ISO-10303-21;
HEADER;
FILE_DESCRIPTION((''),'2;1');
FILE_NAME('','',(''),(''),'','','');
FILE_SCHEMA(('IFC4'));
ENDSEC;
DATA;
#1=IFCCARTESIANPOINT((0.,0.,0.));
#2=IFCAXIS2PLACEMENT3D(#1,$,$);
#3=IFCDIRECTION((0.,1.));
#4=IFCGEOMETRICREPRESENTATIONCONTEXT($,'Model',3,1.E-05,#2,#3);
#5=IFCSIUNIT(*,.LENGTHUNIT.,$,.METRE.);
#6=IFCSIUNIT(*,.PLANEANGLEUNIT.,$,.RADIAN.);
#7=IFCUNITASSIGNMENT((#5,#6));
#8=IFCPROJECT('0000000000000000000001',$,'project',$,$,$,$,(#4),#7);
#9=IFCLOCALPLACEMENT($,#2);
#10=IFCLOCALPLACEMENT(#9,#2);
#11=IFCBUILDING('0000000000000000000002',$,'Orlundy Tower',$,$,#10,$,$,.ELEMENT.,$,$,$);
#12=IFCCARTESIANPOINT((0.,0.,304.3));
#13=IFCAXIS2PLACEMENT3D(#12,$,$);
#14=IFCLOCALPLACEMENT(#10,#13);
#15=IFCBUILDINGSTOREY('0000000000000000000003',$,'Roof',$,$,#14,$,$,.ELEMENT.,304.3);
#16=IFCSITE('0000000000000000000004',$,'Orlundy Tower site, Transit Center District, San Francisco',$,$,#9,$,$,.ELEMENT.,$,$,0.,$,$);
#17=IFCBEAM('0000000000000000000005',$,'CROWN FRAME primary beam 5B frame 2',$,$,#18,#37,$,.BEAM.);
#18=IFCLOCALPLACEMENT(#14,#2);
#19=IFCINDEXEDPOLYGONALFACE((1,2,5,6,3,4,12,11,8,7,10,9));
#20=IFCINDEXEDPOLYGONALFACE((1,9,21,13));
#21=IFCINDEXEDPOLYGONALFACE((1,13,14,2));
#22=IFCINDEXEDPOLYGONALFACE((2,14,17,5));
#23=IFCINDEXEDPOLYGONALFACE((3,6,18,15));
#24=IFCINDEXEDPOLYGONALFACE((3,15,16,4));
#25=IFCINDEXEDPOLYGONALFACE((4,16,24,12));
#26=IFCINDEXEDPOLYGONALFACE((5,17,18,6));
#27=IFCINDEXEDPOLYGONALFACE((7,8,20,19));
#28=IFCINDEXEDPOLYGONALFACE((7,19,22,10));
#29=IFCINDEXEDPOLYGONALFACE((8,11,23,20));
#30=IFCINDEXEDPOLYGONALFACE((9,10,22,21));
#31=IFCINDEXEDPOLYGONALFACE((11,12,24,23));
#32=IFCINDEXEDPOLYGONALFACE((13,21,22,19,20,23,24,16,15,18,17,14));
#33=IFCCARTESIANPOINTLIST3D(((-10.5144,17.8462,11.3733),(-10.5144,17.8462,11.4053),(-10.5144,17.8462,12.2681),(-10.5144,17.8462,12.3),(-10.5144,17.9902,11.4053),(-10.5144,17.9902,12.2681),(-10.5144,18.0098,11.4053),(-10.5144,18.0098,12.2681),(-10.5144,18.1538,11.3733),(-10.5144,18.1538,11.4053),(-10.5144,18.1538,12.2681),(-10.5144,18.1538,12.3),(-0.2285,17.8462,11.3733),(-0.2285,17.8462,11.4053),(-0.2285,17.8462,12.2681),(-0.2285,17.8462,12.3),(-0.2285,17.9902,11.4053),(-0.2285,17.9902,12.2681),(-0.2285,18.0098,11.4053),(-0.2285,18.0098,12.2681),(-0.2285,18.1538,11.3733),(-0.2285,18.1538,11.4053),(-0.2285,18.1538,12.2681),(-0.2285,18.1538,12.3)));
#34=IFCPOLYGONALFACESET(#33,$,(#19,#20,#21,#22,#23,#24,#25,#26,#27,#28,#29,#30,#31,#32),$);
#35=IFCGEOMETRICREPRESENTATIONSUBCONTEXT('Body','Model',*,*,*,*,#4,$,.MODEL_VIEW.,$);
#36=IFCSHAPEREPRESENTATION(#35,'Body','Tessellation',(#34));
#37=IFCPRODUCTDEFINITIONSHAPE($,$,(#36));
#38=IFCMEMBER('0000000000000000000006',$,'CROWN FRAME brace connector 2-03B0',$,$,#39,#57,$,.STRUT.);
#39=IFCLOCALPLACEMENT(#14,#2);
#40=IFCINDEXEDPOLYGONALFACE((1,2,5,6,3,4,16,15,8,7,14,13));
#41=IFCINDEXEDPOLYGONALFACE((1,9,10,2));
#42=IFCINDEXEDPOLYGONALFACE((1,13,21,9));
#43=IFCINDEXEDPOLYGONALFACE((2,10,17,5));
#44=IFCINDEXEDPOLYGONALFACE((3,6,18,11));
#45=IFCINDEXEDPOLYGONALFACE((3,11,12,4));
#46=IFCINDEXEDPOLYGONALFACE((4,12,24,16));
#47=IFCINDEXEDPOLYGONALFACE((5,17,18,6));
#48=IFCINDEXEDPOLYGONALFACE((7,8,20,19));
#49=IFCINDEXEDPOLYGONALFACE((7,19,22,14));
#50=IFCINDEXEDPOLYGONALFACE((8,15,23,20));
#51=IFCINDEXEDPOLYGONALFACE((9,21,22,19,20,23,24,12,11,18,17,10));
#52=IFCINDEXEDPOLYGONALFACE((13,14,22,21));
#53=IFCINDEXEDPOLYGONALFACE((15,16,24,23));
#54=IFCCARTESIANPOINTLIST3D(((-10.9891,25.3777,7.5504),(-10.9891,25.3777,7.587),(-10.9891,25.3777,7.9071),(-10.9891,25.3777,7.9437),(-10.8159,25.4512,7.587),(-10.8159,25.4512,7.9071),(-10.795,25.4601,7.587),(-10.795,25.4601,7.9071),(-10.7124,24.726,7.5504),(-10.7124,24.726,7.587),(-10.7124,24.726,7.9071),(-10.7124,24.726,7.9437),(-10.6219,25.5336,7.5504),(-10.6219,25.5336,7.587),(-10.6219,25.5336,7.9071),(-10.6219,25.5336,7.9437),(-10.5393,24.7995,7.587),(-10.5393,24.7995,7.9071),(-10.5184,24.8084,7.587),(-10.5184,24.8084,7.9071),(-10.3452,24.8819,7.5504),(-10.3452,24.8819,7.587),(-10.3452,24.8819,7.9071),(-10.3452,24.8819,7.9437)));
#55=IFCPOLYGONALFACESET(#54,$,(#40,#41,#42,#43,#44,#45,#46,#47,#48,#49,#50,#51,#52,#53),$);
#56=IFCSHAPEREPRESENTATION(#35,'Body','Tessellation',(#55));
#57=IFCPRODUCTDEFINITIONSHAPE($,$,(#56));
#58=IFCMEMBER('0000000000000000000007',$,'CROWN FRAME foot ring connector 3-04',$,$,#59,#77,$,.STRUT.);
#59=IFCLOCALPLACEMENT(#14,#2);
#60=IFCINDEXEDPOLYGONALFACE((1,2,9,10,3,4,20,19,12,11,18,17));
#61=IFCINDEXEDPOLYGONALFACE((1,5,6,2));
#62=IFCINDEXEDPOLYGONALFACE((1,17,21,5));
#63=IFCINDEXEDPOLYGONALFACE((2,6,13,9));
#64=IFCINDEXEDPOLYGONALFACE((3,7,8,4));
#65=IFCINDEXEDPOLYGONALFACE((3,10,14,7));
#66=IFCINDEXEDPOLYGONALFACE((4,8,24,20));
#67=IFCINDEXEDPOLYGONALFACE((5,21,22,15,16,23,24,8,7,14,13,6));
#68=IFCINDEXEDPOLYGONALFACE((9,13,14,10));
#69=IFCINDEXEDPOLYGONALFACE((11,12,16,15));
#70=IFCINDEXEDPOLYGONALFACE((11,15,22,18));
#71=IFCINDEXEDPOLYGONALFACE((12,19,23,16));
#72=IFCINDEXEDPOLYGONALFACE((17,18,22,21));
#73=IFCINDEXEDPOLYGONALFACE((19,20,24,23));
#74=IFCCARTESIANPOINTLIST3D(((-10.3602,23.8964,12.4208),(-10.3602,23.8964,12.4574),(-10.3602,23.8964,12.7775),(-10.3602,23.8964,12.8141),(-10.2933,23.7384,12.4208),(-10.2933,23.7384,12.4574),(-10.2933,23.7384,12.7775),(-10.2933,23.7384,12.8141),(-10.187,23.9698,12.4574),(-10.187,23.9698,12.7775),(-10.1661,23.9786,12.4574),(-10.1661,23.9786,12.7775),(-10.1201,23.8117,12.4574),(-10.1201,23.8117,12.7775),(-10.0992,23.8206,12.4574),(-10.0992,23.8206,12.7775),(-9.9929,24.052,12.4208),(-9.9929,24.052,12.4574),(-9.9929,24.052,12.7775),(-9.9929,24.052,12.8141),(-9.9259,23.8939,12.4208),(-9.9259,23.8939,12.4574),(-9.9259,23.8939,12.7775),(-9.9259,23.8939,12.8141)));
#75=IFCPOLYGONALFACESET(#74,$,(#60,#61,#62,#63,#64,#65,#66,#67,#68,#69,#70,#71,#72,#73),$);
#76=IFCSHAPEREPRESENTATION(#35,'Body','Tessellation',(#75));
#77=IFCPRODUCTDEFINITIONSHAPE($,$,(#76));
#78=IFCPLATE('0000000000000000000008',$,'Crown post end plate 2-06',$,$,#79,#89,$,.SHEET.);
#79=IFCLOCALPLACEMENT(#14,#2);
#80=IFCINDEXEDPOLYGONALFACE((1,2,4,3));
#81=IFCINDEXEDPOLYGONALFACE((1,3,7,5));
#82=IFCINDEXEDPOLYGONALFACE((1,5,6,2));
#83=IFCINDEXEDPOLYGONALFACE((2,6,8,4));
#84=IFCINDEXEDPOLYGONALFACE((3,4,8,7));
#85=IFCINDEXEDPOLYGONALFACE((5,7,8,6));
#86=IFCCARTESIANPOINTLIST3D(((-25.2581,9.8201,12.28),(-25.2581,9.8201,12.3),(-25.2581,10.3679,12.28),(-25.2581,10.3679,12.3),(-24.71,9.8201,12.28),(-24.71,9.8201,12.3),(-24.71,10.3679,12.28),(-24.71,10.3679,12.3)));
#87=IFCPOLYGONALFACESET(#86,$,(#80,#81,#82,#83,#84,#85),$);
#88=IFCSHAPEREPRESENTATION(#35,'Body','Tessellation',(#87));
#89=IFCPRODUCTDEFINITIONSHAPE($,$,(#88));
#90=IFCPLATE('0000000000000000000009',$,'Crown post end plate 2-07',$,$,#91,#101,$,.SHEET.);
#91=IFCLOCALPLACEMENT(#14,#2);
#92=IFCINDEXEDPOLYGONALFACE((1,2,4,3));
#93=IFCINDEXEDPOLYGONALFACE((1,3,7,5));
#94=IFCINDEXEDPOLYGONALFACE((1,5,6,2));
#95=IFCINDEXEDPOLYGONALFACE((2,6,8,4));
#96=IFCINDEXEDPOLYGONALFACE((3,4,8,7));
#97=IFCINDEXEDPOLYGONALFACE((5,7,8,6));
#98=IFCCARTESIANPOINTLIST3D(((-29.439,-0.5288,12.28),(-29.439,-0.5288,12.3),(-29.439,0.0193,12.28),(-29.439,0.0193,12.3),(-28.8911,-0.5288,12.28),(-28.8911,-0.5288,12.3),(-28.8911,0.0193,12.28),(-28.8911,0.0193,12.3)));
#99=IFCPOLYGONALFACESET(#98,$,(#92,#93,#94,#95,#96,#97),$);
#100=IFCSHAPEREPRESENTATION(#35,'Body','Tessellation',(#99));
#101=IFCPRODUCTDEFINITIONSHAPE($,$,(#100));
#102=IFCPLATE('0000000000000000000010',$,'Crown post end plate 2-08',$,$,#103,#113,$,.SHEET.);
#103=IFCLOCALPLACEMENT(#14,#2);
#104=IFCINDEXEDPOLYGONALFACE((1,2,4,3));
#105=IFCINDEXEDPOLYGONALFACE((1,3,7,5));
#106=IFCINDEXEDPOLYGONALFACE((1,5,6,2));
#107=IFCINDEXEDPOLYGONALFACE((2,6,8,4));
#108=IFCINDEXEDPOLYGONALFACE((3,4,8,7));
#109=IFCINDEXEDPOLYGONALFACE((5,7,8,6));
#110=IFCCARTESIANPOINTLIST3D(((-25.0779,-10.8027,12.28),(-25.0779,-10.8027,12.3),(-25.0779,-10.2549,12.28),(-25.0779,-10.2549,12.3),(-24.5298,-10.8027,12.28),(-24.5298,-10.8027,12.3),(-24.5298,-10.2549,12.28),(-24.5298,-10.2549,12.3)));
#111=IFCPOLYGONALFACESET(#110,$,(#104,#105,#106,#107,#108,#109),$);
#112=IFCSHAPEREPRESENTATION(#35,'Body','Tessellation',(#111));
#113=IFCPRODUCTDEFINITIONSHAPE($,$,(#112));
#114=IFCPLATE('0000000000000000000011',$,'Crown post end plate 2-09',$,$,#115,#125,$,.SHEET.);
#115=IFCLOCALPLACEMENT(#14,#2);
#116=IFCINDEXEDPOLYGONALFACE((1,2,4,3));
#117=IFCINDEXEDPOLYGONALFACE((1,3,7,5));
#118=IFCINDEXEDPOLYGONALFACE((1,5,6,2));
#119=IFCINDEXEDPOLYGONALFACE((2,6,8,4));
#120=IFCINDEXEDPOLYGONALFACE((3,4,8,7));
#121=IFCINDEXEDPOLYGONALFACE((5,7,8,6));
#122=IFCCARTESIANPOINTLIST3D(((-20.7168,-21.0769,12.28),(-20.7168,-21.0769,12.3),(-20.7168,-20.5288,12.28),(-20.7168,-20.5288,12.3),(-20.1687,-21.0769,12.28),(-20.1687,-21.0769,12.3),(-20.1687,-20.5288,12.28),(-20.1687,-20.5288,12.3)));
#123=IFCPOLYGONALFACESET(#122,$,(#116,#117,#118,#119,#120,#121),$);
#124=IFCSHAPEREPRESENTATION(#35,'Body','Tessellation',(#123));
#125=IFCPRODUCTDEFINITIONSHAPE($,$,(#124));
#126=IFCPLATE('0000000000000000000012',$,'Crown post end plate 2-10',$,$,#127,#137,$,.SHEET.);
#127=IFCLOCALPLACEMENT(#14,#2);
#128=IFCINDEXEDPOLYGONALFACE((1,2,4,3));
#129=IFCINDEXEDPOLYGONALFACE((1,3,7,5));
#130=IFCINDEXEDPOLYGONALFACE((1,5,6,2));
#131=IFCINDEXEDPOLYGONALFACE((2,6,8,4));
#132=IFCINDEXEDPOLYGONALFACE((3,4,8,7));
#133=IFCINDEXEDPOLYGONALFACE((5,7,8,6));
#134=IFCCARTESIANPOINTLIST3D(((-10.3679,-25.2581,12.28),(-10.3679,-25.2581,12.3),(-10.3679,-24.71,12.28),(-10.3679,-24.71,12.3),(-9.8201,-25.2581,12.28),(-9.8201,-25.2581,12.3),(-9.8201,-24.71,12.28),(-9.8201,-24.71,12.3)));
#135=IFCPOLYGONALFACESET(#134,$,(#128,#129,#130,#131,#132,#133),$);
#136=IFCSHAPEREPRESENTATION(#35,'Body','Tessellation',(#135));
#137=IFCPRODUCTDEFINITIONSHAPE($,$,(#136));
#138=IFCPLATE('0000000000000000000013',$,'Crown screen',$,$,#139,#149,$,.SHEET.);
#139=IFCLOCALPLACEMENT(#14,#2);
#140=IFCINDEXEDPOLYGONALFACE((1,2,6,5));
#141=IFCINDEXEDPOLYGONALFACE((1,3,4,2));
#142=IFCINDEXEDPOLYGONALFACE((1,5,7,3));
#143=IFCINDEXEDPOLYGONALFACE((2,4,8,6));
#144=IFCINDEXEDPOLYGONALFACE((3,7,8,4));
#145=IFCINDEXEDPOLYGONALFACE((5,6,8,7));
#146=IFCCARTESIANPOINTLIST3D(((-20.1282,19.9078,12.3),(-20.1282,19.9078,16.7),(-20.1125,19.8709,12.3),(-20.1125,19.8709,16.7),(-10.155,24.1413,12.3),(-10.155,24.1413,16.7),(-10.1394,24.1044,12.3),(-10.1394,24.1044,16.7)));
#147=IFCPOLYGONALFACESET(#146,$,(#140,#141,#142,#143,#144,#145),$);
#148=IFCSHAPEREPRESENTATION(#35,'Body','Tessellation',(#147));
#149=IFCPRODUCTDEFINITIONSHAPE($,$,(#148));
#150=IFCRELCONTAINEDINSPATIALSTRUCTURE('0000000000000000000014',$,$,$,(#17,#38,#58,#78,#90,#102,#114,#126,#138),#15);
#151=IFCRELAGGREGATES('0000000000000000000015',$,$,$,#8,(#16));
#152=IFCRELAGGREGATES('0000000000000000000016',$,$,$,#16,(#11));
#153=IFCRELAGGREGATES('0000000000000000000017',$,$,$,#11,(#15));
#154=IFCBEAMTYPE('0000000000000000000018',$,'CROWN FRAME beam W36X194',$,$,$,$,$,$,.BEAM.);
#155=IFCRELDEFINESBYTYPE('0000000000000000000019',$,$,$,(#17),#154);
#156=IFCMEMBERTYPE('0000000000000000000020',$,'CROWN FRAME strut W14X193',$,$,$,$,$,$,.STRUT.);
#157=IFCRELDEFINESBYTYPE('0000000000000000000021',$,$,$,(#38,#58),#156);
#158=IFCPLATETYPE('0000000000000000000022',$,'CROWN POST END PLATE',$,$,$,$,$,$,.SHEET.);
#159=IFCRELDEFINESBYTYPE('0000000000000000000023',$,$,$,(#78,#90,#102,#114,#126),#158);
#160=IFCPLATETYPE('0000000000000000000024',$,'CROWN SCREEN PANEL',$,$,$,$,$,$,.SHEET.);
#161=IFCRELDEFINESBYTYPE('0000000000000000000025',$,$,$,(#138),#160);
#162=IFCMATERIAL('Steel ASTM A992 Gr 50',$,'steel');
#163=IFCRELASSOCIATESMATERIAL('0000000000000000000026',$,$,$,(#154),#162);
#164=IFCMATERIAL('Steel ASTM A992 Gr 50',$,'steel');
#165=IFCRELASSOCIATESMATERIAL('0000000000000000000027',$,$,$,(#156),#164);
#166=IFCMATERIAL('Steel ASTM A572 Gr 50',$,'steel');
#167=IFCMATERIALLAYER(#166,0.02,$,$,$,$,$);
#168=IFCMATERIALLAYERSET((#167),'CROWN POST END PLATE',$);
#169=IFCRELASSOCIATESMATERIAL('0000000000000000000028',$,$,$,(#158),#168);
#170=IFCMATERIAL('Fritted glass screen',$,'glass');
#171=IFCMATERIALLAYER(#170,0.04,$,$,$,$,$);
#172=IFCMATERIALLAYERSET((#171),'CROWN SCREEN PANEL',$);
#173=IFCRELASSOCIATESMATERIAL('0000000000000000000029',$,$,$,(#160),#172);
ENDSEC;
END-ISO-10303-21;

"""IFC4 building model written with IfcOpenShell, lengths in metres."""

from ifc_helpers import new_model, si_unit, direction, frame, origin, origin_2d, place, context, subcontext, project, spatial, polyline, rectangle, i_section, outline, extrude, material, layer, layer_set, material_profile, profile_set, type_object, element, save


model = new_model("IFC4")

# Units and contexts
model_context = context("Model", 3, precision=1e-05, world=origin(), true_north=direction((0.0, 1.0)))
body_context = subcontext(model_context, "Body", "Model", "MODEL_VIEW")
ifc_project = project(units=[si_unit("LENGTHUNIT", "METRE"), si_unit("PLANEANGLEUNIT", "RADIAN")], contexts=[model_context])

# Site, building, storey
site_placement = place(None, origin())
site = spatial("IfcSite", under=ifc_project, at=site_placement, Name="Orlundy Tower site, Transit Center District, San Francisco", CompositionType="ELEMENT", RefElevation=0.0)
building_placement = place(site_placement, origin())
building = spatial("IfcBuilding", under=site, at=building_placement, Name="Orlundy Tower", CompositionType="ELEMENT")
storey_placement = place(building_placement, frame((0.0, 0.0, 304.3)))
storey = spatial("IfcBuildingStorey", under=building, at=storey_placement, Name="Roof", CompositionType="ELEMENT", Elevation=304.3)

# Beam
ifc_material_1 = material(Name="Steel ASTM A992 Gr 50", Category="steel")
ifc_material_profile_1 = material_profile(ifc_material_1, i_section(OverallWidth=0.3076, OverallDepth=0.9268, WebThickness=0.0195, FlangeThickness=0.032, at=origin_2d()), Name="W36X194")
ifc_profile_set_1 = profile_set([ifc_material_profile_1], Name="Steel ASTM A992 Gr 50")
beam_type = type_object("IfcBeamType", Name="CROWN FRAME beam W36X194", PredefinedType="BEAM", material=ifc_profile_set_1)
beam_1_placement = place(storey_placement, frame((-10.5144, 18.0, 11.8367), z_axis=(1.0, 0.0, 0.0), x_axis=(0.0, 1.0, 0.0)))
element("IfcBeam", 1, at=beam_1_placement, inside=storey, type_object=beam_type, Name="CROWN FRAME primary beam 5B frame 2", PredefinedType="BEAM", context=body_context, shape_type="SweptSolid", body=[
    extrude(i_section(OverallWidth=0.3076, OverallDepth=0.9268, WebThickness=0.0195, FlangeThickness=0.032, at=origin_2d()), origin(), (0.0, 0.0, 1.0), 10.2859),
])

# Members
ifc_material_2 = material(Name="Steel ASTM A992 Gr 50", Category="steel")
ifc_material_profile_2 = material_profile(ifc_material_2, i_section(OverallWidth=0.3989, OverallDepth=0.3933, WebThickness=0.0227, FlangeThickness=0.0366, at=origin_2d()), Name="W14X193")
ifc_profile_set_2 = profile_set([ifc_material_profile_2], Name="Steel ASTM A992 Gr 50")
member_type = type_object("IfcMemberType", Name="CROWN FRAME strut W14X193", PredefinedType="STRUT", material=ifc_profile_set_2)
member_1_placement = place(storey_placement, frame((-10.5288, 24.804, 7.7471), z_axis=(-0.390754, 0.920495, 0.0), x_axis=(-0.920495, -0.390754, 0.0)))
element("IfcMember", 2, at=member_1_placement, inside=storey, type_object=member_type, Name="CROWN FRAME brace connector 2-03B0", PredefinedType="STRUT", context=body_context, shape_type="SweptSolid", body=[
    extrude(i_section(OverallWidth=0.3989, OverallDepth=0.3933, WebThickness=0.0227, FlangeThickness=0.0366, at=origin_2d()), origin(), (0.0, 0.0, 1.0), 0.708),
])
member_2_placement = place(storey_placement, frame((-10.1096, 23.8162, 12.6174), z_axis=(-0.389965, 0.92083, 0.0), x_axis=(-0.92083, -0.389965, 0.0)))
element("IfcMember", 3, at=member_2_placement, inside=storey, type_object=member_type, Name="CROWN FRAME foot ring connector 3-04", PredefinedType="STRUT", context=body_context, shape_type="SweptSolid", body=[
    extrude(i_section(OverallWidth=0.3989, OverallDepth=0.3933, WebThickness=0.0227, FlangeThickness=0.0366, at=origin_2d()), origin(), (0.0, 0.0, 1.0), 0.1716),
])

# Plates
ifc_material_3 = material(Name="Steel ASTM A572 Gr 50", Category="steel")
ifc_layer_1 = layer(ifc_material_3, 0.02)
ifc_layer_set_1 = layer_set([ifc_layer_1], Name="CROWN POST END PLATE")
plate_type_1 = type_object("IfcPlateType", Name="CROWN POST END PLATE", PredefinedType="SHEET", material=ifc_layer_set_1)
plate_1_placement = place(storey_placement, frame((0.0, 0.0, 12.28)))
element("IfcPlate", 4, at=plate_1_placement, inside=storey, type_object=plate_type_1, Name="Crown post end plate 2-06", PredefinedType="SHEET", context=body_context, shape_type="SweptSolid", body=[
    extrude(outline(polyline([(-25.2581, 9.8201), (-24.71, 9.8201), (-24.71, 10.3679), (-25.2581, 10.3679), (-25.2581, 9.8201)])), origin(), (0.0, 0.0, 1.0), 0.02),
])
plate_2_placement = place(storey_placement, frame((0.0, 0.0, 12.28)))
element("IfcPlate", 5, at=plate_2_placement, inside=storey, type_object=plate_type_1, Name="Crown post end plate 2-07", PredefinedType="SHEET", context=body_context, shape_type="SweptSolid", body=[
    extrude(outline(polyline([(-29.439, -0.5288), (-28.8911, -0.5288), (-28.8911, 0.0193), (-29.439, 0.0193), (-29.439, -0.5288)])), origin(), (0.0, 0.0, 1.0), 0.02),
])
plate_3_placement = place(storey_placement, frame((0.0, 0.0, 12.28)))
element("IfcPlate", 6, at=plate_3_placement, inside=storey, type_object=plate_type_1, Name="Crown post end plate 2-08", PredefinedType="SHEET", context=body_context, shape_type="SweptSolid", body=[
    extrude(outline(polyline([(-25.0779, -10.8027), (-24.5298, -10.8027), (-24.5298, -10.2549), (-25.0779, -10.2549), (-25.0779, -10.8027)])), origin(), (0.0, 0.0, 1.0), 0.02),
])
plate_4_placement = place(storey_placement, frame((0.0, 0.0, 12.28)))
element("IfcPlate", 7, at=plate_4_placement, inside=storey, type_object=plate_type_1, Name="Crown post end plate 2-09", PredefinedType="SHEET", context=body_context, shape_type="SweptSolid", body=[
    extrude(outline(polyline([(-20.7168, -21.0769), (-20.1687, -21.0769), (-20.1687, -20.5288), (-20.7168, -20.5288), (-20.7168, -21.0769)])), origin(), (0.0, 0.0, 1.0), 0.02),
])
plate_5_placement = place(storey_placement, frame((0.0, 0.0, 12.28)))
element("IfcPlate", 8, at=plate_5_placement, inside=storey, type_object=plate_type_1, Name="Crown post end plate 2-10", PredefinedType="SHEET", context=body_context, shape_type="SweptSolid", body=[
    extrude(outline(polyline([(-10.3679, -25.2581), (-9.8201, -25.2581), (-9.8201, -24.71), (-10.3679, -24.71), (-10.3679, -25.2581)])), origin(), (0.0, 0.0, 1.0), 0.02),
])
ifc_material_4 = material(Name="Fritted glass screen", Category="glass")
ifc_layer_2 = layer(ifc_material_4, 0.04)
ifc_layer_set_2 = layer_set([ifc_layer_2], Name="CROWN SCREEN PANEL")
plate_type_2 = type_object("IfcPlateType", Name="CROWN SCREEN PANEL", PredefinedType="SHEET", material=ifc_layer_set_2)
plate_6_placement = place(storey_placement, frame((-15.1338, 22.0061, 12.3), z_axis=(0.0, 0.0, 1.0), x_axis=(-0.920501, -0.390739, 0.0)))
element("IfcPlate", 9, at=plate_6_placement, inside=storey, type_object=plate_type_2, Name="Crown screen", PredefinedType="SHEET", context=body_context, shape_type="SweptSolid", body=[
    extrude(rectangle(XDim=10.8345, YDim=0.04, at=origin_2d()), origin(), (0.0, 0.0, 1.0), 4.3999),
])

save(model, "model.ifc")
